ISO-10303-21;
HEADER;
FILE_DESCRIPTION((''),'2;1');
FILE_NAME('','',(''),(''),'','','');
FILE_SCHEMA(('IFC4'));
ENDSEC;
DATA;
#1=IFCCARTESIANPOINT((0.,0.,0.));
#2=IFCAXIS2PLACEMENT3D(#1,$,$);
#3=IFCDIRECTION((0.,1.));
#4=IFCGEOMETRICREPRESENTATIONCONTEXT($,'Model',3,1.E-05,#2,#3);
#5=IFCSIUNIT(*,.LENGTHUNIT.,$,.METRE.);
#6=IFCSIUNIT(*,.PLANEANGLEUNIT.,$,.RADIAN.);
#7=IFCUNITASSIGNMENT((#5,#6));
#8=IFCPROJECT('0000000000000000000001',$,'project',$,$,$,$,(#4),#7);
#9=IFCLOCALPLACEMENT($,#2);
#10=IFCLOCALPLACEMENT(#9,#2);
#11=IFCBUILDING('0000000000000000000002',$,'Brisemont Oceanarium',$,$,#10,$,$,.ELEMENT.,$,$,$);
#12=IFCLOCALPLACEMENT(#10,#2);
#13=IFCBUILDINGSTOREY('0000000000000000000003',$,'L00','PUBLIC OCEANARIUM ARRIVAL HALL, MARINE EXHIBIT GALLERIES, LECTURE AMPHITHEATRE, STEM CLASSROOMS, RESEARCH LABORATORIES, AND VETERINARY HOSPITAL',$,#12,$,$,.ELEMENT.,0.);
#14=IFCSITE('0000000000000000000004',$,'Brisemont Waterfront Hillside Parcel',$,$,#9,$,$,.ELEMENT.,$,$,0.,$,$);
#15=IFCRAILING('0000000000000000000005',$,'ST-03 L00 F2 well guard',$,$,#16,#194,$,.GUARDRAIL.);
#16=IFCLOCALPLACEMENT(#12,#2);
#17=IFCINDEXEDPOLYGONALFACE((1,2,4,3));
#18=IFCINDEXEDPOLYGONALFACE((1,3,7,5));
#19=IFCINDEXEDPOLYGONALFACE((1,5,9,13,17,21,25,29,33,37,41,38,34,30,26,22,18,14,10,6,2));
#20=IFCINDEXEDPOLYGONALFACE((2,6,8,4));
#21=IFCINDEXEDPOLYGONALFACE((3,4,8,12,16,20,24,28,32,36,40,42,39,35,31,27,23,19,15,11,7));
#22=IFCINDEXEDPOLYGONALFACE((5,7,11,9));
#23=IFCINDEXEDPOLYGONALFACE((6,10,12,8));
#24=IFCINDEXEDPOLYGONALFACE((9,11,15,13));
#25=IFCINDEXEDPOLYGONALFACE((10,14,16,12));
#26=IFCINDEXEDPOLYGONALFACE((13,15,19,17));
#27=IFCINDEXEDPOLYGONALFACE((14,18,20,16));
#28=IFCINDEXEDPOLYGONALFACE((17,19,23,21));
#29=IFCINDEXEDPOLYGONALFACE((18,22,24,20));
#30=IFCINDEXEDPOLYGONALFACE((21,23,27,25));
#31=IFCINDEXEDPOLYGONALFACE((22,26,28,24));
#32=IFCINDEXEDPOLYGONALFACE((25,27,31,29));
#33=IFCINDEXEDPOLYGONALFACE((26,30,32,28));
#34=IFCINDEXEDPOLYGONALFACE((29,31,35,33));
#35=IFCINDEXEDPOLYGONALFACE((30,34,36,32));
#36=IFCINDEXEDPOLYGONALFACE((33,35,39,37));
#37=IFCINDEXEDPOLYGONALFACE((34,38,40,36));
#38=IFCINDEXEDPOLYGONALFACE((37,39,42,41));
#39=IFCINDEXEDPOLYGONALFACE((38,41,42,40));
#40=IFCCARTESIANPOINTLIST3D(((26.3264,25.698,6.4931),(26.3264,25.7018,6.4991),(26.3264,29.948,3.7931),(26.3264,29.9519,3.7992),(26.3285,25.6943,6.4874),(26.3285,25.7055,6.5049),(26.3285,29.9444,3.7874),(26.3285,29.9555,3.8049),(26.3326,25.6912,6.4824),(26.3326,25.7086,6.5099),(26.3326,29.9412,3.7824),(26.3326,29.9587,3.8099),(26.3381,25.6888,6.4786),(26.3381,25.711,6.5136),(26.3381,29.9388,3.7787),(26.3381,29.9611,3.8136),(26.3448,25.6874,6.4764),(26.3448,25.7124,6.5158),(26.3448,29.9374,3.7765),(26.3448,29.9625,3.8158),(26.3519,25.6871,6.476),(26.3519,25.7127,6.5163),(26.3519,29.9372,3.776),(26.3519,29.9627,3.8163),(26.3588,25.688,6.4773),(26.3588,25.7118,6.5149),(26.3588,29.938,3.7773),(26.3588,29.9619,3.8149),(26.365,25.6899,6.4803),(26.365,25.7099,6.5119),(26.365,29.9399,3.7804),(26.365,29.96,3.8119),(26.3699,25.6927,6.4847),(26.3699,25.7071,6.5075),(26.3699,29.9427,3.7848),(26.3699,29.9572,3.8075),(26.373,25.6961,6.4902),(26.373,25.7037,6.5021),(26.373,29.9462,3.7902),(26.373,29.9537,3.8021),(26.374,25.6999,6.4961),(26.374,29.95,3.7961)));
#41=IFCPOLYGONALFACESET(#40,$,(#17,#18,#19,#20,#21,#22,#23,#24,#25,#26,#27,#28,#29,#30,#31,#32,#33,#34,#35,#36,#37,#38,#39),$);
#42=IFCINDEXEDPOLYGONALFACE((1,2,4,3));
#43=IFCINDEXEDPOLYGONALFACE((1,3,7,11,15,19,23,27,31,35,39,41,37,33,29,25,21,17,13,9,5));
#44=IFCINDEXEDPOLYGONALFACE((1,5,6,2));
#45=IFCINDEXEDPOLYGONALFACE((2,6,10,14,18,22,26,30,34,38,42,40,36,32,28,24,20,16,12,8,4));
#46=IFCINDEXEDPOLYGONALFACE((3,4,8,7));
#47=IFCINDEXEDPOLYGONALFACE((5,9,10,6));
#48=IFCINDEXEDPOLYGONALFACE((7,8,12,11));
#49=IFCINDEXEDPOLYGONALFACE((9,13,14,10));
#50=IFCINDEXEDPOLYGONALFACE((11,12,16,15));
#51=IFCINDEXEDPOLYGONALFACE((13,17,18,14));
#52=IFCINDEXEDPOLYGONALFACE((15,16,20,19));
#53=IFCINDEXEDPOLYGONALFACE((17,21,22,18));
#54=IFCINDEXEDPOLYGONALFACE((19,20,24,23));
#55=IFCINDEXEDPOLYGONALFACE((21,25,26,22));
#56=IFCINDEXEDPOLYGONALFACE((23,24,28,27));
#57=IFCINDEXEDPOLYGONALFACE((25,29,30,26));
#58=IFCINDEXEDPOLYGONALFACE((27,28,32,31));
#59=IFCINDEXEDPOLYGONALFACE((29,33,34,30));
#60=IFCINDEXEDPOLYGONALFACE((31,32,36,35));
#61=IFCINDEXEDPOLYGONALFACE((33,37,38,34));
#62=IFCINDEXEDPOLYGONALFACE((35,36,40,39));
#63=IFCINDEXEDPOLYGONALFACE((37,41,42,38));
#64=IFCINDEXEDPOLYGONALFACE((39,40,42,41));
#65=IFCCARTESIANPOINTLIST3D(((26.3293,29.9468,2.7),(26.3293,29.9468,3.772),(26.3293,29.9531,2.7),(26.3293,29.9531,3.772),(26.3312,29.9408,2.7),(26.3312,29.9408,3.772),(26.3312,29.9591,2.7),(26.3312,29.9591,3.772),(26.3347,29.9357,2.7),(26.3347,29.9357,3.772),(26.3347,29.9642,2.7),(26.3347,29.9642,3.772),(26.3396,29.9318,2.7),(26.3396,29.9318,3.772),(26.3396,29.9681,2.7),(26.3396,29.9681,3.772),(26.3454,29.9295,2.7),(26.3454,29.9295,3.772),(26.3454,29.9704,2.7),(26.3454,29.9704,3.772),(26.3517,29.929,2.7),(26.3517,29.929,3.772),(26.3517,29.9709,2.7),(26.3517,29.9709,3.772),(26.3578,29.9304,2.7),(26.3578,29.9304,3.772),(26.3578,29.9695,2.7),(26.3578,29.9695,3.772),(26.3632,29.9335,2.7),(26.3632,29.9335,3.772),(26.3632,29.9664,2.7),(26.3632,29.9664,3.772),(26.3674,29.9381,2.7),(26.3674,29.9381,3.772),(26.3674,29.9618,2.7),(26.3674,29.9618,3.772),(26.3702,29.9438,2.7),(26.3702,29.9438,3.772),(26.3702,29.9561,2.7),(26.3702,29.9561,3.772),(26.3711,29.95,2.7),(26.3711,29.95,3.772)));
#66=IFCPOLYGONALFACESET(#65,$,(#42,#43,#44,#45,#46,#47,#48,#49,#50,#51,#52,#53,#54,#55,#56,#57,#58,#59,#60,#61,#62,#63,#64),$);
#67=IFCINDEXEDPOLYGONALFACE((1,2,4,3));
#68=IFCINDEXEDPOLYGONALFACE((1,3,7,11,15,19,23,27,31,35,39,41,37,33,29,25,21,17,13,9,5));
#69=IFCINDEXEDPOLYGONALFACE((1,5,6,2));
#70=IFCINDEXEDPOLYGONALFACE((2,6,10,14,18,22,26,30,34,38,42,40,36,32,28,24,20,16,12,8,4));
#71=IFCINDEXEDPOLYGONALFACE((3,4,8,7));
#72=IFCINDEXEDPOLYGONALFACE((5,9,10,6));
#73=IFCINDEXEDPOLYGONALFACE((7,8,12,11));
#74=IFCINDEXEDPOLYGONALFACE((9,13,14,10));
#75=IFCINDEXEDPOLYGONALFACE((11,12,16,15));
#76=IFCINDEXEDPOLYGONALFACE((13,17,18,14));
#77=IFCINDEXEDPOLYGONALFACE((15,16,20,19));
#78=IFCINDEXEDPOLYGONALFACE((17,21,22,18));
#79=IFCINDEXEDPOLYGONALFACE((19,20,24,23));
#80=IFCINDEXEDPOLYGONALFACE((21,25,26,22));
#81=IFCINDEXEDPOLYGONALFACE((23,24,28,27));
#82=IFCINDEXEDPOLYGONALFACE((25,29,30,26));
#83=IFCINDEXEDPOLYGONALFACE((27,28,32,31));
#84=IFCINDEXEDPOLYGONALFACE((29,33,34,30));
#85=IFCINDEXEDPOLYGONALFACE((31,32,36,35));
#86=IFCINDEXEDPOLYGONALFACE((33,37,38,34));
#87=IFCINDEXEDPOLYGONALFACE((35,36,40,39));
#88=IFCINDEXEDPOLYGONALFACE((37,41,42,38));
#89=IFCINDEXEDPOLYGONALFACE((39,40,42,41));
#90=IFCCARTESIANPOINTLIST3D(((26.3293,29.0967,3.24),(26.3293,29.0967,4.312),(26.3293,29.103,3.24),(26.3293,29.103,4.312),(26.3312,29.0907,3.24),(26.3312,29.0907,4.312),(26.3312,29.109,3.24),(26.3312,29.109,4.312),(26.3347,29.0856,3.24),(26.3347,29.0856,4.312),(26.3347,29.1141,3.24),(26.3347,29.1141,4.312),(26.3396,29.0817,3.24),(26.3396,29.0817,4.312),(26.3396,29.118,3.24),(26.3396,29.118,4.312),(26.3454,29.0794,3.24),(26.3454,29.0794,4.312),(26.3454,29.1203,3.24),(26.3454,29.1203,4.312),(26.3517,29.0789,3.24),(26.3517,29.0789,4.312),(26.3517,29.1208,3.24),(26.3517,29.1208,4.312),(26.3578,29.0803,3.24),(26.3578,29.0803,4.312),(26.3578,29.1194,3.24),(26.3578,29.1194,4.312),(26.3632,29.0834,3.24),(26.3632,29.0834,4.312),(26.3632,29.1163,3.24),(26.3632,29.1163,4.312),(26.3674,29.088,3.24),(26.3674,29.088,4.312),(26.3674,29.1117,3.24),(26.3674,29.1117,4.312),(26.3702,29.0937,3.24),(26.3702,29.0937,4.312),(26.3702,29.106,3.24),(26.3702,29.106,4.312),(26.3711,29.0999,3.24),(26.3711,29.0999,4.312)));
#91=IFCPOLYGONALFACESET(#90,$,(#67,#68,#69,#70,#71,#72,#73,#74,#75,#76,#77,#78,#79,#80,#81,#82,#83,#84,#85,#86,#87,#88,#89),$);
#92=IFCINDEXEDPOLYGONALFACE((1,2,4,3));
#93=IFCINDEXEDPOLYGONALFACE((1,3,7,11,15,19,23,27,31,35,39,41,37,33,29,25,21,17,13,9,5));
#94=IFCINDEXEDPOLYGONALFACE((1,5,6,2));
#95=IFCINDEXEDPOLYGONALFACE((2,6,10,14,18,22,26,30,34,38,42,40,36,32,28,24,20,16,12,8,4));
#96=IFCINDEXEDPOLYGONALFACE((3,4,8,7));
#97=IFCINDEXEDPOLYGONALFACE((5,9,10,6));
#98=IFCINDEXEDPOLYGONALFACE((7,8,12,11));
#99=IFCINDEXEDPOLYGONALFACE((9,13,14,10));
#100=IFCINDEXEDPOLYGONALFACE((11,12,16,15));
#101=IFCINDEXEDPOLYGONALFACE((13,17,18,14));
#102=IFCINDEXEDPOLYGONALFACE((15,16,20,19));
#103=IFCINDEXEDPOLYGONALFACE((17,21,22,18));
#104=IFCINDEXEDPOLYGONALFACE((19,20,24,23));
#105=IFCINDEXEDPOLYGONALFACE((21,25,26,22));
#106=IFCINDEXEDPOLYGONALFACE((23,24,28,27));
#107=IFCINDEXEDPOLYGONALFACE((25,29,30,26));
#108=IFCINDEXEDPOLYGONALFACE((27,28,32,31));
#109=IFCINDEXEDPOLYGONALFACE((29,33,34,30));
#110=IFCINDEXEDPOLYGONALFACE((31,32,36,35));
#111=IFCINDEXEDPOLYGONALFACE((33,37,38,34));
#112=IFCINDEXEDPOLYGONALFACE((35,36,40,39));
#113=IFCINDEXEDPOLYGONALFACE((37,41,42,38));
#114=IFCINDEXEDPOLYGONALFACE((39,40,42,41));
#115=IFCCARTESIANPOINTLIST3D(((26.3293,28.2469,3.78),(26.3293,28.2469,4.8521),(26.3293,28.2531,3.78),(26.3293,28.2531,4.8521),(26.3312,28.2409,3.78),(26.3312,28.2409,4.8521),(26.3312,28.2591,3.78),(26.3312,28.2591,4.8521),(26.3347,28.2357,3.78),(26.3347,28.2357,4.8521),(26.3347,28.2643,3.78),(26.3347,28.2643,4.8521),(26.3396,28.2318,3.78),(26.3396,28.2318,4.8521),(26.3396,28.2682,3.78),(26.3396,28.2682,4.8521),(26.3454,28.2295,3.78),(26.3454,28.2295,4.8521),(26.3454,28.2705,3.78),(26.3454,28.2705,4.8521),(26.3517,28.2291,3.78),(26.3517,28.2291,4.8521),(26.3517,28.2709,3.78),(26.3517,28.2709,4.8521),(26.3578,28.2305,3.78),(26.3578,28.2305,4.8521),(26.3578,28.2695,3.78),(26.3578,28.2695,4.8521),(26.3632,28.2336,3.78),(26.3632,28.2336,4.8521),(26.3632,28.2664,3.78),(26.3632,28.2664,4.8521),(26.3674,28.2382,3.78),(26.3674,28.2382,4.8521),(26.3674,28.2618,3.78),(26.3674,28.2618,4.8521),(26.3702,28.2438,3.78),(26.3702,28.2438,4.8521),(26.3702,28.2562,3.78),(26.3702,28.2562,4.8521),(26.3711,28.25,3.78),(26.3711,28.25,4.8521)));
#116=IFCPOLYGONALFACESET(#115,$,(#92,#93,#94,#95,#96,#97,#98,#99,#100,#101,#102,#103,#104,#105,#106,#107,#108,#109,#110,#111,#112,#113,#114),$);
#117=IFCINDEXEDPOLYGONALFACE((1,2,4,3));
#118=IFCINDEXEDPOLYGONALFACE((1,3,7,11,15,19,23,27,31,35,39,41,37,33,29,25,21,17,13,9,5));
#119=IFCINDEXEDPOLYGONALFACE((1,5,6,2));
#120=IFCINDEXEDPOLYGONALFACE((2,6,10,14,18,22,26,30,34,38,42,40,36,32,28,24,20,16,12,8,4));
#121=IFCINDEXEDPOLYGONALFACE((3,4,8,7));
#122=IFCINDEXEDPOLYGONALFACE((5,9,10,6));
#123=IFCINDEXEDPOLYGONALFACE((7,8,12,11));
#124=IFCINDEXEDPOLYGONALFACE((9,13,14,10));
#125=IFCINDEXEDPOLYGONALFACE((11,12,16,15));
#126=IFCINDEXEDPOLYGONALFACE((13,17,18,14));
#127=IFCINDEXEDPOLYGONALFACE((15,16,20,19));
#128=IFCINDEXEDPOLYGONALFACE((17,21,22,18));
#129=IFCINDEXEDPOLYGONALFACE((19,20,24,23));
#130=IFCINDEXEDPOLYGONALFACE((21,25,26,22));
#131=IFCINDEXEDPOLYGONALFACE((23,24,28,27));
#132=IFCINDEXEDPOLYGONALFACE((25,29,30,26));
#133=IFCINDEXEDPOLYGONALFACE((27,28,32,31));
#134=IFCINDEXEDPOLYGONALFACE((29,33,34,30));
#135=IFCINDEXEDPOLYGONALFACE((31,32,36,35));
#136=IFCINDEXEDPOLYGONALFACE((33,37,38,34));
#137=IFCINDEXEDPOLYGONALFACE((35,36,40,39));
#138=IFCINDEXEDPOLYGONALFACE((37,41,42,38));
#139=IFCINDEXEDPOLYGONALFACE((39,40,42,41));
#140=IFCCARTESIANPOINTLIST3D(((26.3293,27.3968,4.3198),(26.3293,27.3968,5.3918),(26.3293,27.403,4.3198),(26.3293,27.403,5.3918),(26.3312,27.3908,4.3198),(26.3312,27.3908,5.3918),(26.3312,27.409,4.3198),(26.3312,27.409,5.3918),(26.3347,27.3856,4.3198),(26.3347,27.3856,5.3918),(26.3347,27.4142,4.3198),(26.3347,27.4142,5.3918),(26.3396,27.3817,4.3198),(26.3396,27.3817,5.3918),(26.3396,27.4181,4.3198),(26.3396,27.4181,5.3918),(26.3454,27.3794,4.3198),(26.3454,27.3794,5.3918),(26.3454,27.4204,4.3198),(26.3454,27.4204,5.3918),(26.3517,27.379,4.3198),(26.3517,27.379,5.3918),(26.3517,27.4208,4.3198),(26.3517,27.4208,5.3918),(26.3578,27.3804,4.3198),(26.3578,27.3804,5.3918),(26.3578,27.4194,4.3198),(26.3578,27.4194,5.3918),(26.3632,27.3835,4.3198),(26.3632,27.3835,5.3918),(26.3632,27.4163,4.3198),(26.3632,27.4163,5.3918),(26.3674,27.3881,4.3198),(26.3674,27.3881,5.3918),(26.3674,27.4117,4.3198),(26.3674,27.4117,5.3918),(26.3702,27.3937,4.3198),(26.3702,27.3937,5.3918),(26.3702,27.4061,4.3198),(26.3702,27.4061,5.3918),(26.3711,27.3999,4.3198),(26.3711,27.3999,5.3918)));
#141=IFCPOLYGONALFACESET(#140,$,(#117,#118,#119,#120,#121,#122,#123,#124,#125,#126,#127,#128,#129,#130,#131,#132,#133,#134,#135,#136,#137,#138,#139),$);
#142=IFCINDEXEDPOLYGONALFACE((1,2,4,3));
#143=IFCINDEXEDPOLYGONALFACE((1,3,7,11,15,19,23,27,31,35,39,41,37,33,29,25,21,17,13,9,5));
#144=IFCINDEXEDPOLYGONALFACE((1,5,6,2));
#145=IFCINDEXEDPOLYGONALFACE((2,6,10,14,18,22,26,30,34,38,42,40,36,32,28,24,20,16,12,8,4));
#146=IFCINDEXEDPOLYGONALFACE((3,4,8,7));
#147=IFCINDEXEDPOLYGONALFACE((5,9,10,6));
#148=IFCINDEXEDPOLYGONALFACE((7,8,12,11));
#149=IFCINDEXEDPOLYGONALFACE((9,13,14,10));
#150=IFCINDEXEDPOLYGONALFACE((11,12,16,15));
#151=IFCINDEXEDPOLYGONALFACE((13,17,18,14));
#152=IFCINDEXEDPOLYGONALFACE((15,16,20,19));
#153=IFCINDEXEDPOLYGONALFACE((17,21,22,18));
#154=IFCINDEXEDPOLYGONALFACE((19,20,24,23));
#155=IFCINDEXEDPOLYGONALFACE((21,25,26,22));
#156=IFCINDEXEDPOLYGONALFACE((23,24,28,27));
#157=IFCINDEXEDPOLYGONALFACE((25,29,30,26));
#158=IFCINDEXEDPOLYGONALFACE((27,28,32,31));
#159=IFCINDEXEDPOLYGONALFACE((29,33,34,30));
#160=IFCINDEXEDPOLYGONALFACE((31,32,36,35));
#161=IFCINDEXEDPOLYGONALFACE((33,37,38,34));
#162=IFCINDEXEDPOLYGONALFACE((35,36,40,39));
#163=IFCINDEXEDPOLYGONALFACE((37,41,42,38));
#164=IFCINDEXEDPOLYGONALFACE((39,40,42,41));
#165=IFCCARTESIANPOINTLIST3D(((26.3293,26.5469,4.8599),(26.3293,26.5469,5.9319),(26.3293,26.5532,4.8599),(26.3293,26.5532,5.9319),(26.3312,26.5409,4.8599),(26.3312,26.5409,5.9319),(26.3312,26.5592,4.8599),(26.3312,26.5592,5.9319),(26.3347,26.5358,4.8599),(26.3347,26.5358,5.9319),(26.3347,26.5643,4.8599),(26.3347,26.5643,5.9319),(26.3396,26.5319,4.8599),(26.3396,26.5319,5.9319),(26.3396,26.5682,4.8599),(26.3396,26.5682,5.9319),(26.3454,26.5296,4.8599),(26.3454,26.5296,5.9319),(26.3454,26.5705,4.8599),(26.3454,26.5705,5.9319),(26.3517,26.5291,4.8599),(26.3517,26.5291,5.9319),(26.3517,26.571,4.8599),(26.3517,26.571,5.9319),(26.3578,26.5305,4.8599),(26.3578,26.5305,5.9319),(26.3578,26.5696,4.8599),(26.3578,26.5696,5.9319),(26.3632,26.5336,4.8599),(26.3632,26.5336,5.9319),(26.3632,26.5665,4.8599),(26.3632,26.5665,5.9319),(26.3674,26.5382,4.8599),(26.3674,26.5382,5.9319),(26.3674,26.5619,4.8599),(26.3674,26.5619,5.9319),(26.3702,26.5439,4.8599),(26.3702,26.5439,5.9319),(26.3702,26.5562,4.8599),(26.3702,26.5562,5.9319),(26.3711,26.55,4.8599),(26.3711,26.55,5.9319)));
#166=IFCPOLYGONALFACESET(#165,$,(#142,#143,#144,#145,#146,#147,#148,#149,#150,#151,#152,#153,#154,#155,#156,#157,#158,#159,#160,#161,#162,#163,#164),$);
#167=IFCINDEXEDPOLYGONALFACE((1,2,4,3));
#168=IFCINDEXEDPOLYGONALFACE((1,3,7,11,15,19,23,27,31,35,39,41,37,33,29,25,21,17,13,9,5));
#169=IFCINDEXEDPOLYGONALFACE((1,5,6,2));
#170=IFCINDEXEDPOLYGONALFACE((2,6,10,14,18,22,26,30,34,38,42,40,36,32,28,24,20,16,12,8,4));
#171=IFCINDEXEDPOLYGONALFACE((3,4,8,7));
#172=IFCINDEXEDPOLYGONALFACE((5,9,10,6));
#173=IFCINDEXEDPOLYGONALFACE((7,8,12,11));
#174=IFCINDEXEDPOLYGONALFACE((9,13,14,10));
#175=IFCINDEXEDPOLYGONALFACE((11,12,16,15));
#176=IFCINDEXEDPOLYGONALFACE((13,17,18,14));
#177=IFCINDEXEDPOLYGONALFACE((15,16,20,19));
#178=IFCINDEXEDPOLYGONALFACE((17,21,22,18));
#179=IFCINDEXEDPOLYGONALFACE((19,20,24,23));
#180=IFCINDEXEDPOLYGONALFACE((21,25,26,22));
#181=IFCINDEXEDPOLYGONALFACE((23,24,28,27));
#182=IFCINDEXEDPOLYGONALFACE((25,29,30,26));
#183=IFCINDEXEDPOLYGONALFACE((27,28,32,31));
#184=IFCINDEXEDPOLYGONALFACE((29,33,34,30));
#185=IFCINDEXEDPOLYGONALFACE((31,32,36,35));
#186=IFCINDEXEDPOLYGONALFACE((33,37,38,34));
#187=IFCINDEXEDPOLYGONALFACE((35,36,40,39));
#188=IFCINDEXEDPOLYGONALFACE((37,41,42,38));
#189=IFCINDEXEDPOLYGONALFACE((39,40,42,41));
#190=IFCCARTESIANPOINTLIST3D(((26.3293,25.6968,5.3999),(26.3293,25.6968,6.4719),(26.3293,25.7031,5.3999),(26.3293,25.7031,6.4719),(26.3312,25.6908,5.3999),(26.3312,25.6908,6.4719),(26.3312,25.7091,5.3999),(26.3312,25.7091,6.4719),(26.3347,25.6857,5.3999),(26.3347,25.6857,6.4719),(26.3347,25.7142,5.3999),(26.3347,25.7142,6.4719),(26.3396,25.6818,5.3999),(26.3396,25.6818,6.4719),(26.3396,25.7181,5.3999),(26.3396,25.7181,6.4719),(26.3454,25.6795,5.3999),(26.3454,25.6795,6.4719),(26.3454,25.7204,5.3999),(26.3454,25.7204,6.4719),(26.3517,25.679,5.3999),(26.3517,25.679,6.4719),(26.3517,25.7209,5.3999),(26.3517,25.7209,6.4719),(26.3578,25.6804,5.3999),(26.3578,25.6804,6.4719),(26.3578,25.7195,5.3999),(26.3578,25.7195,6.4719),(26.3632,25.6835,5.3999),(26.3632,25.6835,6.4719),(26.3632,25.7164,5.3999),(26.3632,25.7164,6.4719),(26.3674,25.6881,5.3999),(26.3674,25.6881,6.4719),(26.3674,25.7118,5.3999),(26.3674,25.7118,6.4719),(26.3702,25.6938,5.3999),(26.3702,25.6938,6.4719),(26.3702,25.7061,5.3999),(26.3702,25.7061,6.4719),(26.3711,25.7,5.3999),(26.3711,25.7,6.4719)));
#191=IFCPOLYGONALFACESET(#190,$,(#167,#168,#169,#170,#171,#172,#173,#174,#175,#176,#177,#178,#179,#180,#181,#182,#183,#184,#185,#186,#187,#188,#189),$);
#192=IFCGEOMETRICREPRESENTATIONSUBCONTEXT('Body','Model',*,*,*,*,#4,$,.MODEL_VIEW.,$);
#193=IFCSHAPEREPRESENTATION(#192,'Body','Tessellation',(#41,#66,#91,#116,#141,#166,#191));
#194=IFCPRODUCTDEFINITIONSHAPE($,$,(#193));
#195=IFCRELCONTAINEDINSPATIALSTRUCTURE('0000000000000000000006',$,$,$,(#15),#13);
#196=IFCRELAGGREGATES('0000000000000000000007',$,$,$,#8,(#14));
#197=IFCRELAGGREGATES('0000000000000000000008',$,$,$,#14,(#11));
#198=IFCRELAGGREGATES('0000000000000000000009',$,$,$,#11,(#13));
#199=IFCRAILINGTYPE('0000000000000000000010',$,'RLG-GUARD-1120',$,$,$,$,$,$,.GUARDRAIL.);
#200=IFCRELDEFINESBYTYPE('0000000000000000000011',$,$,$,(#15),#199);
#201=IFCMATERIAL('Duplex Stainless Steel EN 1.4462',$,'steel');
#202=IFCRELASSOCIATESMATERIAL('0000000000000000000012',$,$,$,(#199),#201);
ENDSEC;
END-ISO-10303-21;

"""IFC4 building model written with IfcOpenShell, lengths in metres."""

from ifc_helpers import new_model, si_unit, direction, frame, origin, origin_2d, place, context, subcontext, project, spatial, circle, extrude, material, type_object, element, save


model = new_model("IFC4")

# Units and contexts
model_context = context("Model", 3, precision=1e-05, world=origin(), true_north=direction((0.0, 1.0)))
body_context = subcontext(model_context, "Body", "Model", "MODEL_VIEW")
ifc_project = project(units=[si_unit("LENGTHUNIT", "METRE"), si_unit("PLANEANGLEUNIT", "RADIAN")], contexts=[model_context])

# Site, building, storey
site_placement = place(None, origin())
site = spatial("IfcSite", under=ifc_project, at=site_placement, Name="Brisemont Waterfront Hillside Parcel", CompositionType="ELEMENT", RefElevation=0.0)
building_placement = place(site_placement, origin())
building = spatial("IfcBuilding", under=site, at=building_placement, Name="Brisemont Oceanarium", CompositionType="ELEMENT")
storey_placement = place(building_placement, origin())
storey = spatial("IfcBuildingStorey", under=building, at=storey_placement, Name="L00", Description="PUBLIC OCEANARIUM ARRIVAL HALL, MARINE EXHIBIT GALLERIES, LECTURE AMPHITHEATRE, STEM CLASSROOMS, RESEARCH LABORATORIES, AND VETERINARY HOSPITAL", CompositionType="ELEMENT", Elevation=0.0)

# Railing
ifc_material_1 = material(Name="Duplex Stainless Steel EN 1.4462", Category="steel")
railing_type_1 = type_object("IfcRailingType", Name="RLG-GUARD-1120", PredefinedType="GUARDRAIL", material=ifc_material_1)
railing_1_placement = place(storey_placement, frame((26.3501, 29.95, 2.7)))
element("IfcRailing", 1, at=railing_1_placement, inside=storey, type_object=railing_type_1, Name="ST-03 L00 F2 well guard", PredefinedType="GUARDRAIL", context=body_context, shape_type="SweptSolid", body=[
    extrude(circle(Radius=0.0239, at=origin_2d()), frame((0.0, 0.0, 1.0962), z_axis=(0.0, -0.844075, 0.536226), x_axis=(1.0, 0.0, 0.0)), (0.0, 0.0, 1.0), 5.0352),
    extrude(circle(Radius=0.021, at=origin_2d()), origin(), (0.0, 0.0, 1.0), 1.072),
    extrude(circle(Radius=0.021, at=origin_2d()), frame((0.0, -0.8501, 0.54)), (0.0, 0.0, 1.0), 1.072),
    extrude(circle(Radius=0.021, at=origin_2d()), frame((0.0, -1.7, 1.0801)), (0.0, 0.0, 1.0), 1.072),
    extrude(circle(Radius=0.021, at=origin_2d()), frame((0.0, -2.55, 1.6199)), (0.0, 0.0, 1.0), 1.072),
    extrude(circle(Radius=0.021, at=origin_2d()), frame((0.0, -3.3999, 2.1599)), (0.0, 0.0, 1.0), 1.072),
    extrude(circle(Radius=0.021, at=origin_2d()), frame((0.0, -4.25, 2.7)), (0.0, 0.0, 1.0), 1.072),
])

save(model, "model.ifc")
